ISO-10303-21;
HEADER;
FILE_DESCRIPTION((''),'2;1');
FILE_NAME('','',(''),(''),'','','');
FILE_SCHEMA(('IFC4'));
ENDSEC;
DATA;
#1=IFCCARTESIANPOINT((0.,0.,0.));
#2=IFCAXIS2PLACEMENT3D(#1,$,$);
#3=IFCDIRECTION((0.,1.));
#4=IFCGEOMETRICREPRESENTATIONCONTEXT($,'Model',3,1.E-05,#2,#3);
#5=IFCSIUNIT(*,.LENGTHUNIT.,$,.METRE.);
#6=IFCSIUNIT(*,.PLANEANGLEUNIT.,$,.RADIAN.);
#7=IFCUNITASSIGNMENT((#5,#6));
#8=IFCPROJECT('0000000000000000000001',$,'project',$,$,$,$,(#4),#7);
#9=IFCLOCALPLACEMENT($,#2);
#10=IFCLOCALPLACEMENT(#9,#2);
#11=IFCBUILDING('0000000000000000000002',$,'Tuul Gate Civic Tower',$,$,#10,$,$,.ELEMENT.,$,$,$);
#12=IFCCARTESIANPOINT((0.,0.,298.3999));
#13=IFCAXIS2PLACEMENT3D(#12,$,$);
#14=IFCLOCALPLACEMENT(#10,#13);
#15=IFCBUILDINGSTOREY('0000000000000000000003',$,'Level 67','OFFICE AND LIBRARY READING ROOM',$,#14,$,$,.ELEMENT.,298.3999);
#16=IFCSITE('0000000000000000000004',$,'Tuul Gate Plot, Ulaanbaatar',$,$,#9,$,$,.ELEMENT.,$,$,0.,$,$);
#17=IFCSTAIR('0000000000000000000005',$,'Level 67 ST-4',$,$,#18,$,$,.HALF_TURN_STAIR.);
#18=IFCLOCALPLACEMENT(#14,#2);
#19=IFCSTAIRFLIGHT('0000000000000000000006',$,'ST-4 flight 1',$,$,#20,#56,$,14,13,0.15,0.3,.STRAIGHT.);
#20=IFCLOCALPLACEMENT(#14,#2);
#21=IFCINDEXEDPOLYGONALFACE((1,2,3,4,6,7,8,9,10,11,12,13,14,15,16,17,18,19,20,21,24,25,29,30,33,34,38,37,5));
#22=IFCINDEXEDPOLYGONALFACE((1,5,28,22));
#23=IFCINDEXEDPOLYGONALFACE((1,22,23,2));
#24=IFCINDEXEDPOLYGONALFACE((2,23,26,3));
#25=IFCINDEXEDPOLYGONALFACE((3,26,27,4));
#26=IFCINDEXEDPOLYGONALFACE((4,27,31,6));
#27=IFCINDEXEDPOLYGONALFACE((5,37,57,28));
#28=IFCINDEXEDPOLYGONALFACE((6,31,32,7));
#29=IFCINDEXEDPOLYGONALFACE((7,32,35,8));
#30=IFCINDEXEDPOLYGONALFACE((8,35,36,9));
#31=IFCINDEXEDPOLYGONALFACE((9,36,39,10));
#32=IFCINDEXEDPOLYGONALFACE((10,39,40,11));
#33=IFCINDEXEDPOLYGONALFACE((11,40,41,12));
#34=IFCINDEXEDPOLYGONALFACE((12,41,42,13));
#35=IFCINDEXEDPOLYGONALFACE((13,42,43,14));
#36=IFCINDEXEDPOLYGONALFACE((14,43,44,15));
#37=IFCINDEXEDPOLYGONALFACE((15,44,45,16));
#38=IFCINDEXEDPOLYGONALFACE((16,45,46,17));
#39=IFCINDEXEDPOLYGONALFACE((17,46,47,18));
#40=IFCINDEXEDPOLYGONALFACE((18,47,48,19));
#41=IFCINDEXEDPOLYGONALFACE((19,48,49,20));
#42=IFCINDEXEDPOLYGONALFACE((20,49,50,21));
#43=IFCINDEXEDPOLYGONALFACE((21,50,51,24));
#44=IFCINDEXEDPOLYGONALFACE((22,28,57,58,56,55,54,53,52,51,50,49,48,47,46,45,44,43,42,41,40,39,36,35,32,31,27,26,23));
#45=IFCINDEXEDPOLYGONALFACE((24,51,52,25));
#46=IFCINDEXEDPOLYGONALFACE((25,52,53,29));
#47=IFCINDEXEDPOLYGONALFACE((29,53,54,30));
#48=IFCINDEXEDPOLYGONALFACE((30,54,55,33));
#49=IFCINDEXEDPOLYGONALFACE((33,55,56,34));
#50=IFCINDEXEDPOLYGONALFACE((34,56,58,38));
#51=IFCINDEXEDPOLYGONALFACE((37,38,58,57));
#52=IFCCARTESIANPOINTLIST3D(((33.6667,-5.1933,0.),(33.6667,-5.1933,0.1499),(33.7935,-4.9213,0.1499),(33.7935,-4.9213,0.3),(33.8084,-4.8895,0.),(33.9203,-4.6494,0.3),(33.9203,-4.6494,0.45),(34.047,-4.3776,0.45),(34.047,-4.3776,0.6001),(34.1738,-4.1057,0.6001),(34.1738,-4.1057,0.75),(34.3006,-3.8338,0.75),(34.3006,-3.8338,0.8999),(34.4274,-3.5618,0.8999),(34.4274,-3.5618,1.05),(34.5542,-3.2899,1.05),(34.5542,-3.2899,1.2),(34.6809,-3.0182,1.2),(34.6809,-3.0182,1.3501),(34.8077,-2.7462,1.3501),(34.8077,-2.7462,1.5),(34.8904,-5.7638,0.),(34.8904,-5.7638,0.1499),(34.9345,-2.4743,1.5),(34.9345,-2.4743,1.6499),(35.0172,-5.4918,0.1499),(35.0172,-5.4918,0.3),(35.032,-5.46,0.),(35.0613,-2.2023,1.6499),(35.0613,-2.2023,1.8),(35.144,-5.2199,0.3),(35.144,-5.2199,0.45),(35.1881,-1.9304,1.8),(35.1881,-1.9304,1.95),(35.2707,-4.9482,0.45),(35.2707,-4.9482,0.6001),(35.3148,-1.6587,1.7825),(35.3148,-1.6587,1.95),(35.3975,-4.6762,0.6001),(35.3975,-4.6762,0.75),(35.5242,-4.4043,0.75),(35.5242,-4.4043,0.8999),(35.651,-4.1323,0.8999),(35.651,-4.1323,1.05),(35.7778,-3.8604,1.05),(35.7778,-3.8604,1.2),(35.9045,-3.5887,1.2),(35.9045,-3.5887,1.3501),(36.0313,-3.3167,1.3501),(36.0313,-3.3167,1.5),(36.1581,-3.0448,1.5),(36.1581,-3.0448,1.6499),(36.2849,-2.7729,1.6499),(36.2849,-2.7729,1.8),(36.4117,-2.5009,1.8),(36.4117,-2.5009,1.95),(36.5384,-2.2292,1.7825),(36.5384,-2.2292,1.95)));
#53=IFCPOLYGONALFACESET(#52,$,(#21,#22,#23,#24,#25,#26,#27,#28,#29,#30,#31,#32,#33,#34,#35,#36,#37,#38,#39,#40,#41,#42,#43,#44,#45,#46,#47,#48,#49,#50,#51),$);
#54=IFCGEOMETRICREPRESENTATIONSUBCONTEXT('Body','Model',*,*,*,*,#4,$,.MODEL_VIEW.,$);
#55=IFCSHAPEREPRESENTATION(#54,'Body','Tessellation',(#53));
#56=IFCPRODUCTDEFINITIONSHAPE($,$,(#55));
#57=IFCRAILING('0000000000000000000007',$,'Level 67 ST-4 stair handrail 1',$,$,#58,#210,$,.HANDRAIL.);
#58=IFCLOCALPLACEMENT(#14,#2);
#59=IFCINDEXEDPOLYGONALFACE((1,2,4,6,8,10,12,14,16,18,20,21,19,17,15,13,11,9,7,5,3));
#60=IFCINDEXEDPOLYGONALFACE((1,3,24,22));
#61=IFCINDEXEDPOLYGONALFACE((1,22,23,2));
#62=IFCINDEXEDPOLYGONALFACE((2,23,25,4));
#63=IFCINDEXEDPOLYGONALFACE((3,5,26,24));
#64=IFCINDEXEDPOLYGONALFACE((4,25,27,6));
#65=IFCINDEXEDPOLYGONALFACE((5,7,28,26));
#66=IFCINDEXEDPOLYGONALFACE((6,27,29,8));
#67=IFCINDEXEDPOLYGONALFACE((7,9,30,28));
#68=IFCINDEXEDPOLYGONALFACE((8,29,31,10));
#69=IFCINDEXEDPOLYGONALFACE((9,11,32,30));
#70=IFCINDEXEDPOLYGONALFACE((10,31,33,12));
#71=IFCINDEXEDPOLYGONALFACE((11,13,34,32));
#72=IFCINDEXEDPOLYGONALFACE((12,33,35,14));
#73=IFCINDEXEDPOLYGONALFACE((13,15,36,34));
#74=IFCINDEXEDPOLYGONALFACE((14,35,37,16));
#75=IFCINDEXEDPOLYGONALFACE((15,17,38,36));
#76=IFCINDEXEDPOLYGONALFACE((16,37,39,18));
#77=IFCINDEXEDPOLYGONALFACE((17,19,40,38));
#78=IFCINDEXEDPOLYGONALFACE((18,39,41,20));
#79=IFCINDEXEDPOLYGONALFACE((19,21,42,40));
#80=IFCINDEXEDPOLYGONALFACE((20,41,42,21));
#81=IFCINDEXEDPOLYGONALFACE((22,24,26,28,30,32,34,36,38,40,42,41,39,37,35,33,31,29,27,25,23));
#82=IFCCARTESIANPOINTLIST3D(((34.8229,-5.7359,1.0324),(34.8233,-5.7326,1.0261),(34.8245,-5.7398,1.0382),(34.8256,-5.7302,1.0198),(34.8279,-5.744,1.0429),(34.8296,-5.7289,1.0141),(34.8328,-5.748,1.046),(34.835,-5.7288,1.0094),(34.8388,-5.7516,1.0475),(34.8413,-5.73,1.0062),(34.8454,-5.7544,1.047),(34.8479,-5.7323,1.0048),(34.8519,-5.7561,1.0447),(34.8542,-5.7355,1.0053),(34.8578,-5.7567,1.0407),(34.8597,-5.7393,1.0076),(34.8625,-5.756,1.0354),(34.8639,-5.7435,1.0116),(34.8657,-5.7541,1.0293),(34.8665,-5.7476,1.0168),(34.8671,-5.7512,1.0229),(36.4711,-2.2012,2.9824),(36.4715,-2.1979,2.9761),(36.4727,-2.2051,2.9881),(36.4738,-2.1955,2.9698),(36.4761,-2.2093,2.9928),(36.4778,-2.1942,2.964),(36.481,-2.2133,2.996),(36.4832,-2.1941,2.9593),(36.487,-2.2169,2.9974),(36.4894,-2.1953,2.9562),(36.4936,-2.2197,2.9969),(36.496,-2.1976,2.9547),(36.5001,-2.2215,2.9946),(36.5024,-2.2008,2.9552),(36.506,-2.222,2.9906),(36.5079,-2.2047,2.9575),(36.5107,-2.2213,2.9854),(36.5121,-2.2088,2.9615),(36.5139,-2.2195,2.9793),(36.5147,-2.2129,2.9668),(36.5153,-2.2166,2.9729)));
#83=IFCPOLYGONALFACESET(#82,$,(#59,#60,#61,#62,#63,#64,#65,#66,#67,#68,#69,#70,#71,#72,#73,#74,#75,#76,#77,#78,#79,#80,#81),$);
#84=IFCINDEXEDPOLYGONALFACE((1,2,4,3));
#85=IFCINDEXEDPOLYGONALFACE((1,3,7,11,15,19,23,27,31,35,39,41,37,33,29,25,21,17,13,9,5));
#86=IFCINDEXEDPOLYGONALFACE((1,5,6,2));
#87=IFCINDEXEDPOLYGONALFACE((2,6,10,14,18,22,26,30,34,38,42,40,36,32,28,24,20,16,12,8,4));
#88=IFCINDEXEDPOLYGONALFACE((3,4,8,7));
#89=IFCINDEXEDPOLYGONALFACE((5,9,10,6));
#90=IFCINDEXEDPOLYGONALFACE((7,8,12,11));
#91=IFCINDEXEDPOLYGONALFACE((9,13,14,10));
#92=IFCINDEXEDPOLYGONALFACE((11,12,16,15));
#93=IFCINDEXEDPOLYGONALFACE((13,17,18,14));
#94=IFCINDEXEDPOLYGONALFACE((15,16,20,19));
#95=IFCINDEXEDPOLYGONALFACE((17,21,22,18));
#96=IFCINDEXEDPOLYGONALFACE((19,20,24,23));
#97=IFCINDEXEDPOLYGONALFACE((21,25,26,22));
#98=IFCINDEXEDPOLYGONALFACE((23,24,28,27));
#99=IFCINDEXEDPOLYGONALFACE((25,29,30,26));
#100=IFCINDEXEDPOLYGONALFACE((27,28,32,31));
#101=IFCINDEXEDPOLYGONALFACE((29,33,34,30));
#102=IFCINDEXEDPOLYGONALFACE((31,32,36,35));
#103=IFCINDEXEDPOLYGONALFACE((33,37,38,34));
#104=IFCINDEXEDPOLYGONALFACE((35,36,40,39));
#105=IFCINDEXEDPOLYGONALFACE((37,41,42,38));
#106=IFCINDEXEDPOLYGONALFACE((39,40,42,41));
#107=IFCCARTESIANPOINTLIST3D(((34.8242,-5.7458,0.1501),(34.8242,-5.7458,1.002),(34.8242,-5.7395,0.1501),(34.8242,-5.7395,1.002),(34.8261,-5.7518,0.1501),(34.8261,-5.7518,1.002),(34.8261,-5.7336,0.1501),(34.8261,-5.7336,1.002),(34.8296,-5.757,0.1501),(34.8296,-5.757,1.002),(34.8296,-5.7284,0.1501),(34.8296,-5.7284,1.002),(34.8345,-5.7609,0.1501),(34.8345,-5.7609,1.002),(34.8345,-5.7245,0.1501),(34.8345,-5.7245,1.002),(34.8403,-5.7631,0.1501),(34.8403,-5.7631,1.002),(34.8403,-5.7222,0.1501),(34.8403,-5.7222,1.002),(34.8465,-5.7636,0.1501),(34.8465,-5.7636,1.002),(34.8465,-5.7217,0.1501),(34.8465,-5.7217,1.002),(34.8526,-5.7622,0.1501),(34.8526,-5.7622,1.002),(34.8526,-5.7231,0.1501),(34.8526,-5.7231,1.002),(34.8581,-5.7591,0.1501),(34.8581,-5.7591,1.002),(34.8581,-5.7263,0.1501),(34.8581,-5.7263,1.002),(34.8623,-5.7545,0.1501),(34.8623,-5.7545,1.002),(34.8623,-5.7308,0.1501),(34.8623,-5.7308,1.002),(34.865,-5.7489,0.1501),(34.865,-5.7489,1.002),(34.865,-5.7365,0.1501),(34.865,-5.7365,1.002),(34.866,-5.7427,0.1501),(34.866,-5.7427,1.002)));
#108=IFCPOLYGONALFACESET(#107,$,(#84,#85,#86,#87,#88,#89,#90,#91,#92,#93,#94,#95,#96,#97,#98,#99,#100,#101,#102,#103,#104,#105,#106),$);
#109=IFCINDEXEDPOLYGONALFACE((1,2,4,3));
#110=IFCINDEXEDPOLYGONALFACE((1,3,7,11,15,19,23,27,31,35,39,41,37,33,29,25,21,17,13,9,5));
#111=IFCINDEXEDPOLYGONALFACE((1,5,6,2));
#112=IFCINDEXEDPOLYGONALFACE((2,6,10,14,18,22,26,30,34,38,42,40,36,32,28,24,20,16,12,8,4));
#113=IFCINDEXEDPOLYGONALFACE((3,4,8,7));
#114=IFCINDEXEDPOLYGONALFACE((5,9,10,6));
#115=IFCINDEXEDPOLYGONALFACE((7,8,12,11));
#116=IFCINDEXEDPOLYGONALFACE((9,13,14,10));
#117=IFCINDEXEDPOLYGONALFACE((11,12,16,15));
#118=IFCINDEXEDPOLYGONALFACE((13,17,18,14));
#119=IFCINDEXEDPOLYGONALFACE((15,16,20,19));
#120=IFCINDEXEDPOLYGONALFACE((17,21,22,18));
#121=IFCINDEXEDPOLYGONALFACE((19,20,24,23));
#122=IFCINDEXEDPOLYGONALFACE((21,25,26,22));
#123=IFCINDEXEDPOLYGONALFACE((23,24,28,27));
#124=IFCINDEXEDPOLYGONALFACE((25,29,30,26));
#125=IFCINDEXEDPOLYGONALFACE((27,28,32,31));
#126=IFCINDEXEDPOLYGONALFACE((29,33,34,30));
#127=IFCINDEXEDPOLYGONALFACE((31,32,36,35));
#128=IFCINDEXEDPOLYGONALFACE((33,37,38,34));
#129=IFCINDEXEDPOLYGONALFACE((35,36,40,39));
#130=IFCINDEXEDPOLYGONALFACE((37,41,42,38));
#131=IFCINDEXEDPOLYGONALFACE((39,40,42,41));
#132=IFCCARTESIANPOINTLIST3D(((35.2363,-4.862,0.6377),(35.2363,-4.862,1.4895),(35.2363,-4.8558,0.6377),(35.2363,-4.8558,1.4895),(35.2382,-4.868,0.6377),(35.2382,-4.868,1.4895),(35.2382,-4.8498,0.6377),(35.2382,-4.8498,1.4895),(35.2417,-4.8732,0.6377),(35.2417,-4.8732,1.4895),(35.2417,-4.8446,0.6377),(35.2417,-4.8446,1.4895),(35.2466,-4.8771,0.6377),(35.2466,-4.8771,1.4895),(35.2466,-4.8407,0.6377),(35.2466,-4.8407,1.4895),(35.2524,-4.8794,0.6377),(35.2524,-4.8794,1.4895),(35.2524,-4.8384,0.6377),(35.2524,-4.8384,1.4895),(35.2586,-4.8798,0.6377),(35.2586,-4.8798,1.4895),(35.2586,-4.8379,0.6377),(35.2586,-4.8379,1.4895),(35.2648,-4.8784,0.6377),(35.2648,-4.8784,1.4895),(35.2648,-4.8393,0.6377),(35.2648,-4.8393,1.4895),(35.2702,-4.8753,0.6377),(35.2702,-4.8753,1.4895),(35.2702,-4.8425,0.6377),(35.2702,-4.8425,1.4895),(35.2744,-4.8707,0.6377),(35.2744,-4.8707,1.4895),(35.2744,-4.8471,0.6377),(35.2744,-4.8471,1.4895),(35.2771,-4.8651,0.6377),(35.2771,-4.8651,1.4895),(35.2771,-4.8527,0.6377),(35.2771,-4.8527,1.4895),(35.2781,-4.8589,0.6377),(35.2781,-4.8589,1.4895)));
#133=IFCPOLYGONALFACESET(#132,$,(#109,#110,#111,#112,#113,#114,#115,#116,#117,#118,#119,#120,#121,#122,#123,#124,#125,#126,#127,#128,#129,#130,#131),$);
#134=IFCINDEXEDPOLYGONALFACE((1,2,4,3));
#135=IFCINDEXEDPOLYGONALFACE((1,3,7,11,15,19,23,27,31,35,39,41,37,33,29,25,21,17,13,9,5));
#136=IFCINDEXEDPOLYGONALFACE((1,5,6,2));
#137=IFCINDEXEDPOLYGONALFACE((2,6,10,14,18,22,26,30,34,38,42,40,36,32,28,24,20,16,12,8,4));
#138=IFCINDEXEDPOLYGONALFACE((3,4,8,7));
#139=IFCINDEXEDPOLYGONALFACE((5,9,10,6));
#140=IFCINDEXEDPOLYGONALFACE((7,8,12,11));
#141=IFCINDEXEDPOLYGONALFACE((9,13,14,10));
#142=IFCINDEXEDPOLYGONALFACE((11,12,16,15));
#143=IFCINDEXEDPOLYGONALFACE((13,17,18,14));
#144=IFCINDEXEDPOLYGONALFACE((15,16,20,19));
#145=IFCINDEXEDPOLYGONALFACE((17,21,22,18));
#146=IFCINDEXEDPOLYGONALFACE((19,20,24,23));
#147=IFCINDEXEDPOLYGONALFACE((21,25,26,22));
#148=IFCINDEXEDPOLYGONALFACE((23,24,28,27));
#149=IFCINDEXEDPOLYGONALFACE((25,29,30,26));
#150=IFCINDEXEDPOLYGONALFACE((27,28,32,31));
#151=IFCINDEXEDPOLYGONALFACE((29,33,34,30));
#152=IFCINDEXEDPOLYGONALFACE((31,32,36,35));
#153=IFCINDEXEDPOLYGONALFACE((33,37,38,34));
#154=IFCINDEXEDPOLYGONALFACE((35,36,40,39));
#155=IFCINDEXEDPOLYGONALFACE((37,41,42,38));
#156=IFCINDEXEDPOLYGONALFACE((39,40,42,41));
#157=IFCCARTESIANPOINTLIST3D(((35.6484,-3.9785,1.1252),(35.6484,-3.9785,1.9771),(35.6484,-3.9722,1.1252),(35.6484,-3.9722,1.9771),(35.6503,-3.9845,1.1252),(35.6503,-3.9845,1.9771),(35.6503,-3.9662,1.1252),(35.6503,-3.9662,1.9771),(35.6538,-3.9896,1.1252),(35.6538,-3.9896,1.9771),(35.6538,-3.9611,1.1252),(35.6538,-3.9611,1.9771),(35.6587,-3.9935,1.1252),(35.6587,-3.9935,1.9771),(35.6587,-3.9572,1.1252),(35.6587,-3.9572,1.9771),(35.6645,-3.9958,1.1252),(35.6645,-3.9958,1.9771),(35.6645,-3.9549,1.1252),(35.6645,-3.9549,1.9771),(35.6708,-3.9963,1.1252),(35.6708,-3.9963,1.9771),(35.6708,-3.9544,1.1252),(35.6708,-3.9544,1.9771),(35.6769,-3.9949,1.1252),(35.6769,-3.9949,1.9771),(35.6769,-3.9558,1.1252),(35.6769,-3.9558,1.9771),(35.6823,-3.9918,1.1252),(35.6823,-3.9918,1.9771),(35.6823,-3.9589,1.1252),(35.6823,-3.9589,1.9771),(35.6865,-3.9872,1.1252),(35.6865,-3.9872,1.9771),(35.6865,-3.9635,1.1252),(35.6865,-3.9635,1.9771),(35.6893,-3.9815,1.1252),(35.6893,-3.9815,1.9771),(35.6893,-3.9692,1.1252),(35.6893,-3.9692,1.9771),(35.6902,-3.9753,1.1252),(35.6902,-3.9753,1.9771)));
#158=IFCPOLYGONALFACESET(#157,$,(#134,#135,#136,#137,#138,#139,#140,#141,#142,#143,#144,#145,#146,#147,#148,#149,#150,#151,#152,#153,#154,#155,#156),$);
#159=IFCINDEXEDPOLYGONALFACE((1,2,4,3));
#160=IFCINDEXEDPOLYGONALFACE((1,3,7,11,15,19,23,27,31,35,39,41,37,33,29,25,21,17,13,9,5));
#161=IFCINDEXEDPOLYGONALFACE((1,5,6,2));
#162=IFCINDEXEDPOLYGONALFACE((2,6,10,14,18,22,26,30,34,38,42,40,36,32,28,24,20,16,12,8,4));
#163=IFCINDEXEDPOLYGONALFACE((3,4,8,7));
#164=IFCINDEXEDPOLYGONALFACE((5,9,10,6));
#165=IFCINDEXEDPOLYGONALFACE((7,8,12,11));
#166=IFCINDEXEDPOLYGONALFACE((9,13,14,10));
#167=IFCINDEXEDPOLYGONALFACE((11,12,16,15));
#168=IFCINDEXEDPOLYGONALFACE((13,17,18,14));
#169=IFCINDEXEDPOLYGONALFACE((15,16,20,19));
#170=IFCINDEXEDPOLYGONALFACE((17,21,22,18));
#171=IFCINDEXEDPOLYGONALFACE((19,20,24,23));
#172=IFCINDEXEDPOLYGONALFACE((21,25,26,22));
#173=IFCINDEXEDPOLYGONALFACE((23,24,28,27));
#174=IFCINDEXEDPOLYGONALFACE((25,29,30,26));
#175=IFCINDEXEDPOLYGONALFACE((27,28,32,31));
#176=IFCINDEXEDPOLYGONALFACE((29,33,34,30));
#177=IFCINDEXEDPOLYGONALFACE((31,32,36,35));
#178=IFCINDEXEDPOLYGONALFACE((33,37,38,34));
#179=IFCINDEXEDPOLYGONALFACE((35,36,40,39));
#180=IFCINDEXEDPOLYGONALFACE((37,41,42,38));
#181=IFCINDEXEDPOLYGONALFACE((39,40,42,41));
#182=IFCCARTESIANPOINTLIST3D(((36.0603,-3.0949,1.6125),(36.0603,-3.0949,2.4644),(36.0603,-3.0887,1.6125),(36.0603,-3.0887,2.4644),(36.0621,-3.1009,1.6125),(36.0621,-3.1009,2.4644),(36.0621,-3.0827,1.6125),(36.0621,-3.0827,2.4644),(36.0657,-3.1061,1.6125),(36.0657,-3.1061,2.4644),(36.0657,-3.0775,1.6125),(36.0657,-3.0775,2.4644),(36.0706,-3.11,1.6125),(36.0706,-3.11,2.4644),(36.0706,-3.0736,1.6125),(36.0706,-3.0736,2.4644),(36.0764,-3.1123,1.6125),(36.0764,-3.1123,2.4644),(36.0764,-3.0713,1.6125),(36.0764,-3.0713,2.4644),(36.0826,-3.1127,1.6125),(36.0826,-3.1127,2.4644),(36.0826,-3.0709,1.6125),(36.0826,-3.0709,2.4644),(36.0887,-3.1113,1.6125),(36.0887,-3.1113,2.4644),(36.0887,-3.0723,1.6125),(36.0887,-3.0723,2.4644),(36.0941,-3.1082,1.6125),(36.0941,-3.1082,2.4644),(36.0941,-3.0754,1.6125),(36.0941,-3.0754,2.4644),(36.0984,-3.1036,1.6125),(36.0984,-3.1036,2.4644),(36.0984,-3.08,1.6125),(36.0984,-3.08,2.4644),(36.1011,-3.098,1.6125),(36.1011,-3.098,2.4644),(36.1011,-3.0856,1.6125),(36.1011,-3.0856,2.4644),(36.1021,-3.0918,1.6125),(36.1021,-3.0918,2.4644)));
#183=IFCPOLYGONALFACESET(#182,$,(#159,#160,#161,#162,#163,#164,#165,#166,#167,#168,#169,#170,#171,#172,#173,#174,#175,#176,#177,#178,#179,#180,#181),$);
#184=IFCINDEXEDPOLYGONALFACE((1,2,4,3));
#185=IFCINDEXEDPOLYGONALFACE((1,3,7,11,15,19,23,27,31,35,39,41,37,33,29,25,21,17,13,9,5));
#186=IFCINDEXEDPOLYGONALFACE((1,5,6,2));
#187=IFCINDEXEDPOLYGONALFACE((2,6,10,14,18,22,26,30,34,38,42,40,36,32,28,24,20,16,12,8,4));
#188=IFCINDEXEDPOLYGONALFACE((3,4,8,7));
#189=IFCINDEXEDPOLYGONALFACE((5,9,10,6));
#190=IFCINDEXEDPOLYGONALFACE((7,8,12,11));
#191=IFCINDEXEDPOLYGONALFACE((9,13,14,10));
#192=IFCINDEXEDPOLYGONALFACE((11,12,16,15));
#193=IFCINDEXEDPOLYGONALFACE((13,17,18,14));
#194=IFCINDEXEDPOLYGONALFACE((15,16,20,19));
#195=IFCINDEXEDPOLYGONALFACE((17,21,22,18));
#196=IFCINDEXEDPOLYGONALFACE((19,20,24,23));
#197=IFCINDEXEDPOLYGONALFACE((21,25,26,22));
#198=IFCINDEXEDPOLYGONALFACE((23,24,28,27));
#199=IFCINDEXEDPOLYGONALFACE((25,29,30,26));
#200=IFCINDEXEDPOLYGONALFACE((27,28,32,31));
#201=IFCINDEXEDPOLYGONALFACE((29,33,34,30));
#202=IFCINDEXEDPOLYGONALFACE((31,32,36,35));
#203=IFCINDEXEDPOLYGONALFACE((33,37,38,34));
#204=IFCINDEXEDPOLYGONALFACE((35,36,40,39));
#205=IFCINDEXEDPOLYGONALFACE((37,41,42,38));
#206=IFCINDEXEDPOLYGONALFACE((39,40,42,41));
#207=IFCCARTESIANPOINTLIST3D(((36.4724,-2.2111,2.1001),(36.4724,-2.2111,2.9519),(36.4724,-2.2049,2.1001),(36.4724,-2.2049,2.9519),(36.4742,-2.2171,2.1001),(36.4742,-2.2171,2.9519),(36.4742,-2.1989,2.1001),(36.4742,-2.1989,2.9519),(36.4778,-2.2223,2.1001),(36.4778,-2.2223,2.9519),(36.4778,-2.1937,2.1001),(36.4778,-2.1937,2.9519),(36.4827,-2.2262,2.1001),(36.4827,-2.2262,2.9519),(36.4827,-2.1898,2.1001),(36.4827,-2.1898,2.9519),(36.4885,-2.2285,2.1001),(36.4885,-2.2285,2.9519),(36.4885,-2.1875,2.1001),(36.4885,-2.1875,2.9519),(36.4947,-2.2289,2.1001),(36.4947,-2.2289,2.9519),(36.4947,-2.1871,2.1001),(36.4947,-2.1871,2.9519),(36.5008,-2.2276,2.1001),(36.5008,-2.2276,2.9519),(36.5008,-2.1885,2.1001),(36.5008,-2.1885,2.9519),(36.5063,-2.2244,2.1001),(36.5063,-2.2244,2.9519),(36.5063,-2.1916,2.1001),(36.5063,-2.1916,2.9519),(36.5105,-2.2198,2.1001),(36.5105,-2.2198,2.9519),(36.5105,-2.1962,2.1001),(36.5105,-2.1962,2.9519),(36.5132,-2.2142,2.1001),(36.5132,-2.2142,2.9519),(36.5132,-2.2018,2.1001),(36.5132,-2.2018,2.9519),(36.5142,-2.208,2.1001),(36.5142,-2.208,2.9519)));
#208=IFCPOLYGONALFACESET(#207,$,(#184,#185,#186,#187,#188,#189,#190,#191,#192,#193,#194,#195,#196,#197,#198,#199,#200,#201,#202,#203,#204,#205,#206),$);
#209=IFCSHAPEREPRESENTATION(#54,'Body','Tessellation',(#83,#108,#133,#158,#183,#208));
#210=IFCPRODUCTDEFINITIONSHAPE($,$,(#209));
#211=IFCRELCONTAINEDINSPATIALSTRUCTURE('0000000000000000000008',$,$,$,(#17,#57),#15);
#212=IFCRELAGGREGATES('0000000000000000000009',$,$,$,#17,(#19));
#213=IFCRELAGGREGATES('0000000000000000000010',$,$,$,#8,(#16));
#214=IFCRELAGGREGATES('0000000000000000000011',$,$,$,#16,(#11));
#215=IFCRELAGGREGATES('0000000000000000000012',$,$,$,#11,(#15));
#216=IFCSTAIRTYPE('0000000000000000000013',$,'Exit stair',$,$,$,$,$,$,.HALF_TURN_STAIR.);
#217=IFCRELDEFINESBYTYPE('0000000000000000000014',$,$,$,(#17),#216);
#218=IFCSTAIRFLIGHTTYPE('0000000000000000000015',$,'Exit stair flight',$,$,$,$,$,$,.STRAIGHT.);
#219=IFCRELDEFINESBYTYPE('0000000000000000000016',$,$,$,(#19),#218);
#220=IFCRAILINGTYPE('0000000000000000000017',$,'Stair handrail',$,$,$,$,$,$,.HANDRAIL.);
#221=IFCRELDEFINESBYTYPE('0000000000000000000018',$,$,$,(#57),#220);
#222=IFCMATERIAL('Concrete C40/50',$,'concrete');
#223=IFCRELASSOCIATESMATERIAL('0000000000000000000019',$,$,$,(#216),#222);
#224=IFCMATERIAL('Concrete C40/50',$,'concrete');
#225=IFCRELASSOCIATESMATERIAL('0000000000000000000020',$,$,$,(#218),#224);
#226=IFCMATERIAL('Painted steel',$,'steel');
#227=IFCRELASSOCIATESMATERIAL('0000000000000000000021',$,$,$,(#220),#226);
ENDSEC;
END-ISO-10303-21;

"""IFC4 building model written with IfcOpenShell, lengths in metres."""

from ifc_helpers import new_model, si_unit, direction, frame, origin, origin_2d, place, context, subcontext, project, spatial, polyline, circle, outline, extrude, material, type_object, element, aggregate, save


model = new_model("IFC4")

# Units and contexts
model_context = context("Model", 3, precision=1e-05, world=origin(), true_north=direction((0.0, 1.0)))
body_context = subcontext(model_context, "Body", "Model", "MODEL_VIEW")
ifc_project = project(units=[si_unit("LENGTHUNIT", "METRE"), si_unit("PLANEANGLEUNIT", "RADIAN")], contexts=[model_context])

# Site, building, storey
site_placement = place(None, origin())
site = spatial("IfcSite", under=ifc_project, at=site_placement, Name="Tuul Gate Plot, Ulaanbaatar", CompositionType="ELEMENT", RefElevation=0.0)
building_placement = place(site_placement, origin())
building = spatial("IfcBuilding", under=site, at=building_placement, Name="Tuul Gate Civic Tower", CompositionType="ELEMENT")
storey_placement = place(building_placement, frame((0.0, 0.0, 298.3999)))
storey = spatial("IfcBuildingStorey", under=building, at=storey_placement, Name="Level 67", Description="OFFICE AND LIBRARY READING ROOM", CompositionType="ELEMENT", Elevation=298.3999)

# Stair, stair flight
ifc_material_1 = material(Name="Concrete C40/50", Category="concrete")
stair_type = type_object("IfcStairType", Name="Exit stair", PredefinedType="HALF_TURN_STAIR", material=ifc_material_1)
stair_placement = place(storey_placement, origin())
stair = element("IfcStair", 1, at=stair_placement, inside=storey, type_object=stair_type, Name="Level 67 ST-4", PredefinedType="HALF_TURN_STAIR")
ifc_material_2 = material(Name="Concrete C40/50", Category="concrete")
stair_flight_type = type_object("IfcStairFlightType", Name="Exit stair flight", PredefinedType="STRAIGHT", material=ifc_material_2)
stair_flight_placement = place(storey_placement, frame((34.2786, -5.4785, 0.0), z_axis=(0.0, 0.0, 1.0), x_axis=(0.422576, 0.906327, 0.0)))
stair_flight = element("IfcStairFlight", 2, at=stair_flight_placement, type_object=stair_flight_type, Name="ST-4 flight 1", NumberOfRisers=14, NumberOfTreads=13, PredefinedType="STRAIGHT", RiserHeight=0.15, TreadLength=0.3, context=body_context, shape_type="SweptSolid", body=[
    extrude(outline(polyline([(0.0, 0.0), (0.0, 0.1499), (0.3, 0.1499), (0.3, 0.3), (0.6001, 0.3), (0.6001, 0.45), (0.8999, 0.45), (0.8999, 0.6001), (1.2, 0.6001), (1.2, 0.75), (1.5, 0.75), (1.5, 0.8999), (1.8, 0.8999), (1.8, 1.05), (2.1001, 1.05), (2.1001, 1.2), (2.3999, 1.2), (2.3999, 1.3501), (2.7, 1.3501), (2.7, 1.5), (3.0, 1.5), (3.0, 1.6499), (3.3, 1.6499), (3.3, 1.8), (3.6001, 1.8), (3.6001, 1.95), (3.8999, 1.95), (3.8999, 2.1001), (3.8999, 1.7825), (0.3352, 0.0), (0.0, 0.0)])), frame((0.0, 0.675, 0.0), z_axis=(0.0, -1.0, 0.0), x_axis=(1.0, 0.0, 0.0)), (0.0, 0.0, 1.0), 1.3501),
])
aggregate(stair, [stair_flight])

# Railing
ifc_material_3 = material(Name="Painted steel", Category="steel")
railing_type = type_object("IfcRailingType", Name="Stair handrail", PredefinedType="HANDRAIL", material=ifc_material_3)
railing_placement = place(storey_placement, frame((34.845, -5.7427, 0.1501)))
element("IfcRailing", 3, at=railing_placement, inside=storey, type_object=railing_type, Name="Level 67 ST-4 stair handrail 1", PredefinedType="HANDRAIL", context=body_context, shape_type="SweptSolid", body=[
    extrude(circle(Radius=0.0239, at=origin_2d()), frame((0.0, 0.0, 0.876), z_axis=(0.377995, 0.810637, 0.4472), x_axis=(-0.906313, 0.422608, 0.0)), (0.0, 0.0, 1.0), 4.3604),
    extrude(circle(Radius=0.021, at=origin_2d()), origin(), (0.0, 0.0, 1.0), 0.8518),
    extrude(circle(Radius=0.021, at=origin_2d()), frame((0.4121, 0.8838, 0.4875)), (0.0, 0.0, 1.0), 0.8518),
    extrude(circle(Radius=0.021, at=origin_2d()), frame((0.8242, 1.7673, 0.9751)), (0.0, 0.0, 1.0), 0.8518),
    extrude(circle(Radius=0.021, at=origin_2d()), frame((1.2361, 2.6509, 1.4624)), (0.0, 0.0, 1.0), 0.8518),
    extrude(circle(Radius=0.021, at=origin_2d()), frame((1.6482, 3.5347, 1.95)), (0.0, 0.0, 1.0), 0.8518),
])

save(model, "model.ifc")
